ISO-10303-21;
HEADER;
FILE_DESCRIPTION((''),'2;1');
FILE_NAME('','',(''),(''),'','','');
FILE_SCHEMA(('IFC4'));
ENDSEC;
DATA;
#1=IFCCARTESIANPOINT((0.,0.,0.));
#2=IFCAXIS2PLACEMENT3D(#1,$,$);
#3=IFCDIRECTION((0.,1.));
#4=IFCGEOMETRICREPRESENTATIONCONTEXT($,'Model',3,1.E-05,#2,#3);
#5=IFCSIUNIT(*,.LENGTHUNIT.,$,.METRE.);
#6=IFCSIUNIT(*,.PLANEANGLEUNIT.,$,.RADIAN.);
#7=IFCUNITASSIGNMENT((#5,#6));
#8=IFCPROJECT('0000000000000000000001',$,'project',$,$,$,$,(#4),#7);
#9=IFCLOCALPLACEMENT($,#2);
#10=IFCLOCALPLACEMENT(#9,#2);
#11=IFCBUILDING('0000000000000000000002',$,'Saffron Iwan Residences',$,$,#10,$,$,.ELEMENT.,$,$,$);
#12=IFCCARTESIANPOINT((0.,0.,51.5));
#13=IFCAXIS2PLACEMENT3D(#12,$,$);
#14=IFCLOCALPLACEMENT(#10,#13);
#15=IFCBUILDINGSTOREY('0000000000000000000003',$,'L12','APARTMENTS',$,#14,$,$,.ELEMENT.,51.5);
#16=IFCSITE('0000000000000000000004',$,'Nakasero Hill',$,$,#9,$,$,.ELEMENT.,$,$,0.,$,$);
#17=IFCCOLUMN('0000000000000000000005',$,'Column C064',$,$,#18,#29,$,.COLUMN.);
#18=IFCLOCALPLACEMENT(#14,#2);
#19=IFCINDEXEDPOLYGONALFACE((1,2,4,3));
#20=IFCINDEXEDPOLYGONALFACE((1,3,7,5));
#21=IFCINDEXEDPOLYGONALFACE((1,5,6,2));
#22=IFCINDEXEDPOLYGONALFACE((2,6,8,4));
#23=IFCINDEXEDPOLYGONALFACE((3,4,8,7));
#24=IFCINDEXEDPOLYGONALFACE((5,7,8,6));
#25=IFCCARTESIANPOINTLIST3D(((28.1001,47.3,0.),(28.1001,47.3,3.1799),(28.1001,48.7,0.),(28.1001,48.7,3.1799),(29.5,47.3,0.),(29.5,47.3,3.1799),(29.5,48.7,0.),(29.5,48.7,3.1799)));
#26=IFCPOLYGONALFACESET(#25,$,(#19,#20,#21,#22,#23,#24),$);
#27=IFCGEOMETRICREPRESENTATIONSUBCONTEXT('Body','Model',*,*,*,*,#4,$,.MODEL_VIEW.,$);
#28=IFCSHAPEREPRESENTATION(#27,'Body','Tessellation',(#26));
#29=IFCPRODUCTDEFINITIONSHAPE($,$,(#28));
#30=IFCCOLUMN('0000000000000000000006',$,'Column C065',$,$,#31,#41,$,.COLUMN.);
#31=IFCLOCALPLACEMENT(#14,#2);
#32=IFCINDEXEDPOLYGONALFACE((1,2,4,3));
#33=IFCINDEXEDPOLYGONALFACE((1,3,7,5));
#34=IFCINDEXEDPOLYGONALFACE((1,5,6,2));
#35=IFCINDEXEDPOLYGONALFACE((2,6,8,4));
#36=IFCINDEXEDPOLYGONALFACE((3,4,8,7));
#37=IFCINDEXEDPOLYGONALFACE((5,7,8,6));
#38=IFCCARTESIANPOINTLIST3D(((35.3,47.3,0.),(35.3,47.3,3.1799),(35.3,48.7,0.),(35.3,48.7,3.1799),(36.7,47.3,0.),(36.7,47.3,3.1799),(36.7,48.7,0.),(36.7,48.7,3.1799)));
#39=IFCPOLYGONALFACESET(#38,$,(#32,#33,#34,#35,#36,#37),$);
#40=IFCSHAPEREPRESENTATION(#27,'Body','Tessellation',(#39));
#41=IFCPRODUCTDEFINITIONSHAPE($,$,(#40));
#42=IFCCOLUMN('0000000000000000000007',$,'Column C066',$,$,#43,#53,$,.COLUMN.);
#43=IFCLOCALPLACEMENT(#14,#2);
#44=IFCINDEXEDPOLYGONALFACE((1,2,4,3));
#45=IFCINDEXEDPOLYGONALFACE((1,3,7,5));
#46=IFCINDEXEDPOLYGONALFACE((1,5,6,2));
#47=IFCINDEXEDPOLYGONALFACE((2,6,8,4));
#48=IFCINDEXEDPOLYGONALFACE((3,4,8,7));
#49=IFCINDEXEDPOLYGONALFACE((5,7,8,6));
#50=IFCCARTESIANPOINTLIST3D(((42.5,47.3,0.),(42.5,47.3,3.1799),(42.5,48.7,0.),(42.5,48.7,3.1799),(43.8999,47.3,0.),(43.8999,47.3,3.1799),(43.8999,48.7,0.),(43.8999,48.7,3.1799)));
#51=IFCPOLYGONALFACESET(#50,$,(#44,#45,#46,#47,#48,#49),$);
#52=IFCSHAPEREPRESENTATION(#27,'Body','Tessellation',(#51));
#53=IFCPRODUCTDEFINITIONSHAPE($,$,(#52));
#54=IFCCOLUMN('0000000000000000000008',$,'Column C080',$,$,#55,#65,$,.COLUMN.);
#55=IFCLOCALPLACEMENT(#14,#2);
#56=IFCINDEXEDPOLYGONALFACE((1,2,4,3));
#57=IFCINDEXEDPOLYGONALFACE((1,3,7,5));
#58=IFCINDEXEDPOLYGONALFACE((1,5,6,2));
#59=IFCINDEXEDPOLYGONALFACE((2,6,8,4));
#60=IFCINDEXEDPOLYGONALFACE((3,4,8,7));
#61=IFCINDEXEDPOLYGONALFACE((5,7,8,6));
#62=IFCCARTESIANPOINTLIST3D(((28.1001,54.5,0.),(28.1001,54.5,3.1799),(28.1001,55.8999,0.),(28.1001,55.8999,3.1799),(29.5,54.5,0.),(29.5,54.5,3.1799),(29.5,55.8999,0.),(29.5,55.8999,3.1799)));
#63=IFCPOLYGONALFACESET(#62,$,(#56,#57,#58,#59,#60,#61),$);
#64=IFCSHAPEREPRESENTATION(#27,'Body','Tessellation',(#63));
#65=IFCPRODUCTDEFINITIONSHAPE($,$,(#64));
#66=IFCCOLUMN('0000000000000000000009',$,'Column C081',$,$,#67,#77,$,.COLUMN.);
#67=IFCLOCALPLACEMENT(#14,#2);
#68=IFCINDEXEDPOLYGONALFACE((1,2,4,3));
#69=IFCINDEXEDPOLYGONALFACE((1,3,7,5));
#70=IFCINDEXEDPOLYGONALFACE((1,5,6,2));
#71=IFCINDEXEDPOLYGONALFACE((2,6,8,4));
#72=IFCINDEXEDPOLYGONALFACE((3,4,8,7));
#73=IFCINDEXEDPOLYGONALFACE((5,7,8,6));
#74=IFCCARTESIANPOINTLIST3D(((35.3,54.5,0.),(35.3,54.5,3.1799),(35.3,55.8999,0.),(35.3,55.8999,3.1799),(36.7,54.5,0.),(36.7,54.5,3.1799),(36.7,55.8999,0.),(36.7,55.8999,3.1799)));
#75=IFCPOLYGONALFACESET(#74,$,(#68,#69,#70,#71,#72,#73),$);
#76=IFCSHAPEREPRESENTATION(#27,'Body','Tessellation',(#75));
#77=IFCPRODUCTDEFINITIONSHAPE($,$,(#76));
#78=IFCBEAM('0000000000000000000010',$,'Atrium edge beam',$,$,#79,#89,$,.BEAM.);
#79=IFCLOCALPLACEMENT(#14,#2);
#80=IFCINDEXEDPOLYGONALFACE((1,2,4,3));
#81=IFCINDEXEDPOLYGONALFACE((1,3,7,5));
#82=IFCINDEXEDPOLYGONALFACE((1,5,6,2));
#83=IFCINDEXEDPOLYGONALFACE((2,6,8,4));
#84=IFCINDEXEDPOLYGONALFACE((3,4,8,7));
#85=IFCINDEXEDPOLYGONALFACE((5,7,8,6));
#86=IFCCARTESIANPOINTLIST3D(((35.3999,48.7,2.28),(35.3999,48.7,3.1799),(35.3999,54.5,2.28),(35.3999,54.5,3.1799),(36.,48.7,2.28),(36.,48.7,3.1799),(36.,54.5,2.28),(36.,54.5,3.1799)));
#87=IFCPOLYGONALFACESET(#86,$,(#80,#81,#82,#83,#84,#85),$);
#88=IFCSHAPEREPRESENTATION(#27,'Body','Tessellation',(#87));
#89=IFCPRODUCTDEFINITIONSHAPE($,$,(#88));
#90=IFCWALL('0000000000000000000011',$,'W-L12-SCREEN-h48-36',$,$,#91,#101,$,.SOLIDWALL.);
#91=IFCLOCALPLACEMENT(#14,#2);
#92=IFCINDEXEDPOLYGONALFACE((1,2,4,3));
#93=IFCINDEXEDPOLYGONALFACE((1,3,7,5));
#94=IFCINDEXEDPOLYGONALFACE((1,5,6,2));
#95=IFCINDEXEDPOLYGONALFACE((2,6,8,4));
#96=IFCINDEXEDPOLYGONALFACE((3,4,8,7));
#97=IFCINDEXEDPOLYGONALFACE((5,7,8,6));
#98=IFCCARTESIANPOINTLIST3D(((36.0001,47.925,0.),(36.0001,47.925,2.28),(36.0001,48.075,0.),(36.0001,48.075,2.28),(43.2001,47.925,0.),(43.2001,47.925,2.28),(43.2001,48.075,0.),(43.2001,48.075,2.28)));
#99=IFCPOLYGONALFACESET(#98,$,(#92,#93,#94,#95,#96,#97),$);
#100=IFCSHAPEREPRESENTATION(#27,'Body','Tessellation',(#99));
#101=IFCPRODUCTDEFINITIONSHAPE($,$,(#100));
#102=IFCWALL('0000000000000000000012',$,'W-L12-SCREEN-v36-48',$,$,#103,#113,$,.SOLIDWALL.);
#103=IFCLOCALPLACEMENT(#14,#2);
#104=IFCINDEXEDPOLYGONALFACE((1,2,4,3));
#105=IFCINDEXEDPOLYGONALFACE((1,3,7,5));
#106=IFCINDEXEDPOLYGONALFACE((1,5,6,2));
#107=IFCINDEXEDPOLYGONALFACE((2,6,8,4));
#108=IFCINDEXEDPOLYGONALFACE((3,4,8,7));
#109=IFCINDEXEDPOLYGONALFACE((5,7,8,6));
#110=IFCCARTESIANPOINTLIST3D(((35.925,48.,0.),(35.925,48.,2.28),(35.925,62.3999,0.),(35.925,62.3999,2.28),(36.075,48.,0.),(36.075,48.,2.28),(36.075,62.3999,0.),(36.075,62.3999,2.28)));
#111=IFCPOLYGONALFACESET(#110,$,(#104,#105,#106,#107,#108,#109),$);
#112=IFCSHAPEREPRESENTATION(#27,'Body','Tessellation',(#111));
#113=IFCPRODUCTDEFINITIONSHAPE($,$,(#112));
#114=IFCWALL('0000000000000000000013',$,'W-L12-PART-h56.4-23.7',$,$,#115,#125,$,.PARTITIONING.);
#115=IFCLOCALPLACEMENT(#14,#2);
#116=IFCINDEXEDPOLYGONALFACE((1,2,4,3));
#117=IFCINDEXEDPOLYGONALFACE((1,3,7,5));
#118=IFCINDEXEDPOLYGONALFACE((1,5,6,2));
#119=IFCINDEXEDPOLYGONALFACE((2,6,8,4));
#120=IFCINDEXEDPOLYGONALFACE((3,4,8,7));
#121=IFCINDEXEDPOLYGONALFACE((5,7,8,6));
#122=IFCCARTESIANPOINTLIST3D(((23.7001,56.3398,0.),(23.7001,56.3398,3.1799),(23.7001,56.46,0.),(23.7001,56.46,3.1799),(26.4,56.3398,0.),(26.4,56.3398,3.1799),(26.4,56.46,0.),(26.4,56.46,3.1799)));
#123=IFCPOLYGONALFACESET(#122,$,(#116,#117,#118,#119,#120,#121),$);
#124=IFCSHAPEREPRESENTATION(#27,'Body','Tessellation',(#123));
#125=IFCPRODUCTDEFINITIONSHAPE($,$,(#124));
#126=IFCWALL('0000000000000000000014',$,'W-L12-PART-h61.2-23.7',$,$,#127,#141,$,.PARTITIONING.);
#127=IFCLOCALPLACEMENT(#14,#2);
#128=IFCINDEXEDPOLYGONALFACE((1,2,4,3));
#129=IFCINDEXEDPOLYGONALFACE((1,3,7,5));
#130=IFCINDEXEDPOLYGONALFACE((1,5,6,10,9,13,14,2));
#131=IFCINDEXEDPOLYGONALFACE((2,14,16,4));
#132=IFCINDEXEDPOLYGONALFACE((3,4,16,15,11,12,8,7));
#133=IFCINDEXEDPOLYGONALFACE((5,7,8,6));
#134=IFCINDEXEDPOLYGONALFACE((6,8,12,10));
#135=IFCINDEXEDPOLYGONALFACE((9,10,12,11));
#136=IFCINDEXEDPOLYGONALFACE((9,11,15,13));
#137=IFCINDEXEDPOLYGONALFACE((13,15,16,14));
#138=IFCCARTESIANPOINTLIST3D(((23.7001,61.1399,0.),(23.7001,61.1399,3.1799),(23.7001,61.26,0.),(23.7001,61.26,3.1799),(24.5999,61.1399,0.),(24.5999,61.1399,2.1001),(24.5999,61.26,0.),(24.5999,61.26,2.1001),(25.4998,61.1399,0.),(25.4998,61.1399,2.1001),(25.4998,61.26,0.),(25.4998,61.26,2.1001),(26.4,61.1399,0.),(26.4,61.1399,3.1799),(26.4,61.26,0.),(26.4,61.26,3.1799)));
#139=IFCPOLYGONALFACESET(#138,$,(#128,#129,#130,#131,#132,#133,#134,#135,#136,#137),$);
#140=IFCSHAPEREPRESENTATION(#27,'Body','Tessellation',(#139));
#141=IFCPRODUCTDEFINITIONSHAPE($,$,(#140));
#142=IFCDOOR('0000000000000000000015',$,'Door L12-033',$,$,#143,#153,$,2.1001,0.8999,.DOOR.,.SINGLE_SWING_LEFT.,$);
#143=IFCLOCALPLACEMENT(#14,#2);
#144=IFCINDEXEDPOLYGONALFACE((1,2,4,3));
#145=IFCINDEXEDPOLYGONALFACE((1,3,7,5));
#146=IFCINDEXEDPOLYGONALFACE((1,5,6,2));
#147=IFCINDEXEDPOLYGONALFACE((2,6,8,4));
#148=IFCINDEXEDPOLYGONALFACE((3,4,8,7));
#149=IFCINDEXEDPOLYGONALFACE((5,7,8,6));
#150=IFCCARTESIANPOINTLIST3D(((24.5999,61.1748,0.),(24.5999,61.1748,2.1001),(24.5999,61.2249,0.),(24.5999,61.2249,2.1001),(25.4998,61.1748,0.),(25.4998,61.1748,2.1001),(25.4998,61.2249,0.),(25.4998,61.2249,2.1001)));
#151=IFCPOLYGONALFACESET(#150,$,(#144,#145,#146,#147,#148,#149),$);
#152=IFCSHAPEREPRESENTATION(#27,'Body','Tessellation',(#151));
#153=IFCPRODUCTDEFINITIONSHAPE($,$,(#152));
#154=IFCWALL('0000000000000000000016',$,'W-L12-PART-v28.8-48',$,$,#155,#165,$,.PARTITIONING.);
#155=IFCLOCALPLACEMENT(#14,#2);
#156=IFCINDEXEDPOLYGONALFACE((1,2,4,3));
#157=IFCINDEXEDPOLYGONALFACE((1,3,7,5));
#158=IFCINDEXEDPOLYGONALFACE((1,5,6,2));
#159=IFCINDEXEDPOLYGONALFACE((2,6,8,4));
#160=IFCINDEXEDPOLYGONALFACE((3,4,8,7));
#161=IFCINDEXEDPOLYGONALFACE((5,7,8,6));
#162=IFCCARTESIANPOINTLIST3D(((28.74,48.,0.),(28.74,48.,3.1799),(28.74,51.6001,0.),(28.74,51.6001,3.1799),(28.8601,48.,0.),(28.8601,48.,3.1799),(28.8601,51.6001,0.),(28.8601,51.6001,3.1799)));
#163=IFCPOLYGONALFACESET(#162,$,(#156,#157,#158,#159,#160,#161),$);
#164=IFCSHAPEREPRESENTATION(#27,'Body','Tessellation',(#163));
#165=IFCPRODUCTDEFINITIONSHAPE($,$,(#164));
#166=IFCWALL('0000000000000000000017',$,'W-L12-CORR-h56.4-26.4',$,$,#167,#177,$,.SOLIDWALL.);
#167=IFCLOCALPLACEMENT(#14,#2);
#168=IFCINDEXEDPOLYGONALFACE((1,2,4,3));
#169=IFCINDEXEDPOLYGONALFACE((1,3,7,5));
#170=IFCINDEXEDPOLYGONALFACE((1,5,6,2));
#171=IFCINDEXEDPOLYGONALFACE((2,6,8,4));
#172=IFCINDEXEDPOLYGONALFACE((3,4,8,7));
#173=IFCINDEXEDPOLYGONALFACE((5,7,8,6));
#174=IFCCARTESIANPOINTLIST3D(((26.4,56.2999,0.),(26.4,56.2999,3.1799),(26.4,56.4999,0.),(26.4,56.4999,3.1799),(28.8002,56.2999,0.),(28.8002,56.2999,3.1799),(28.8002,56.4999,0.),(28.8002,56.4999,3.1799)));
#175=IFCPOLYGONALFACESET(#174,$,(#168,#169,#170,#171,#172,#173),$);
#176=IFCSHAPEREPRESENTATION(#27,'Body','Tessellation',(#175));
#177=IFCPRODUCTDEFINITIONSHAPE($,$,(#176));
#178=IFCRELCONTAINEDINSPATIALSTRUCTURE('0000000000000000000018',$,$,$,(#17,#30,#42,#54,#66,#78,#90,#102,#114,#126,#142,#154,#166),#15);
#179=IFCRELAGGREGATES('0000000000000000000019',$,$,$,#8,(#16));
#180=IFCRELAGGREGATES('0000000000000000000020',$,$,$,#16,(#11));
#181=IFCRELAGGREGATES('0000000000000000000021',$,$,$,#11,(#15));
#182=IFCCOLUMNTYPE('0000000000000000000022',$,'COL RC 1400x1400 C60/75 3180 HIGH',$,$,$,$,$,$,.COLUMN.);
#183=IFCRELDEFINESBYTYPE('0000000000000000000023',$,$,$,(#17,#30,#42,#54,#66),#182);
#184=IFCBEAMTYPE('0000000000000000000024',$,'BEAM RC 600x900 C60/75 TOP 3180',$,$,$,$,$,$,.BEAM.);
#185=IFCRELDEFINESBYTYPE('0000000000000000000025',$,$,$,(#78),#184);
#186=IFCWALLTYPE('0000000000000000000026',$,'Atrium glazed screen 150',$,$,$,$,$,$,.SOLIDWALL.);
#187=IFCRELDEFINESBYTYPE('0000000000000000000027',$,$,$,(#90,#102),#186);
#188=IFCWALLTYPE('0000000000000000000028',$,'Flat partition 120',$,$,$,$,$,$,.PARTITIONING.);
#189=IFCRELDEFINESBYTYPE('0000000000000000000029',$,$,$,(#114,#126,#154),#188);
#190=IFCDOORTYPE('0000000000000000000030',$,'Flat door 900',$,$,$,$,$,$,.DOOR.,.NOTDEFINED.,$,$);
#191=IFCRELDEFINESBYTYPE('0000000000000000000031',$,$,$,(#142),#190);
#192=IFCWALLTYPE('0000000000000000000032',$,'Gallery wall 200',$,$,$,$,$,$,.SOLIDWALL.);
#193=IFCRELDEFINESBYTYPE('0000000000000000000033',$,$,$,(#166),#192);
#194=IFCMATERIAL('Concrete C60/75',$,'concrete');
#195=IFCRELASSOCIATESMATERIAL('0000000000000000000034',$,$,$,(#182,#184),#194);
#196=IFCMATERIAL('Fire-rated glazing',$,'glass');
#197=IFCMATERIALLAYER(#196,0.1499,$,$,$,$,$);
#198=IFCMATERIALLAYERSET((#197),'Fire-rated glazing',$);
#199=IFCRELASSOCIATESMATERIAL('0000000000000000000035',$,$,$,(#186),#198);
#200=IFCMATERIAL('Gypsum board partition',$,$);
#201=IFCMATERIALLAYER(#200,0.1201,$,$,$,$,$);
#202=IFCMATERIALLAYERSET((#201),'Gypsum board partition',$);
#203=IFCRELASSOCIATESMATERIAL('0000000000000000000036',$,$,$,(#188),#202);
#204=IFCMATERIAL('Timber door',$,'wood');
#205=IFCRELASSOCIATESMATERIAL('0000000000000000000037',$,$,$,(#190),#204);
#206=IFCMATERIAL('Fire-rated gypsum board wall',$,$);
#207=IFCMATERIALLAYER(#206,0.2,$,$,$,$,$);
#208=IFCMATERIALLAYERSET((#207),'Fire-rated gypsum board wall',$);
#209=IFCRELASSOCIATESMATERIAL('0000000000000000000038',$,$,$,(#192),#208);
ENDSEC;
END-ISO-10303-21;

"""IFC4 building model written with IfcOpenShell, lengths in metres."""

from ifc_helpers import new_model, si_unit, direction, frame, frame_2d, origin, origin_2d, place, context, subcontext, project, spatial, rectangle, extrude, source, transform, mapped, material, layer, layer_set, material_profile, profile_set, type_object, element, fill, save


model = new_model("IFC4")

# Units and contexts
model_context = context("Model", 3, precision=1e-05, world=origin(), true_north=direction((0.0, 1.0)))
body_context = subcontext(model_context, "Body", "Model", "MODEL_VIEW")
ifc_project = project(units=[si_unit("LENGTHUNIT", "METRE"), si_unit("PLANEANGLEUNIT", "RADIAN")], contexts=[model_context])

# Site, building, storey
site_placement = place(None, origin())
site = spatial("IfcSite", under=ifc_project, at=site_placement, Name="Nakasero Hill", CompositionType="ELEMENT", RefElevation=0.0)
building_placement = place(site_placement, origin())
building = spatial("IfcBuilding", under=site, at=building_placement, Name="Saffron Iwan Residences", CompositionType="ELEMENT")
storey_placement = place(building_placement, frame((0.0, 0.0, 51.5)))
storey = spatial("IfcBuildingStorey", under=building, at=storey_placement, Name="L12", Description="APARTMENTS", CompositionType="ELEMENT", Elevation=51.5)

# Columns
ifc_material_1 = material(Name="Concrete C60/75", Category="concrete")
ifc_material_profile_1 = material_profile(ifc_material_1, rectangle(XDim=1.3999, YDim=1.3999, at=origin_2d()), Name="RC 1400x1400")
ifc_profile_set_1 = profile_set([ifc_material_profile_1], Name="Concrete C60/75")
column_type = type_object("IfcColumnType", Name="COL RC 1400x1400 C60/75 3180 HIGH", PredefinedType="COLUMN", material=ifc_profile_set_1)
shared_shape_1 = source(origin(), body_context, "Body", "SweptSolid", [
    extrude(rectangle(XDim=1.3999, YDim=1.3999, at=origin_2d()), origin(), (0.0, 0.0, 1.0), 3.1799),
])
for number, where, z_axis, x_axis, name in (
    (1, (28.8, 48.0, 0.0), (0.0, 0.0, 1.0), (1.0, 0.0, 0.0), "Column C064"),
    (2, (36.0, 48.0, 0.0), (0.0, 0.0, 1.0), (1.0, 0.0, 0.0), "Column C065"),
    (3, (43.2, 48.0, 0.0), (0.0, 0.0, 1.0), (1.0, 0.0, 0.0), "Column C066"),
    (4, (28.8, 55.2, 0.0), (0.0, 0.0, 1.0), (1.0, 0.0, 0.0), "Column C080"),
    (5, (36.0, 55.2, 0.0), (0.0, 0.0, 1.0), (1.0, 0.0, 0.0), "Column C081"),
):
    element("IfcColumn", number, at=place(storey_placement, frame(where, z_axis=z_axis, x_axis=x_axis)), inside=storey, type_object=column_type, Name=name, PredefinedType="COLUMN", context=body_context, shape_type="MappedRepresentation", body=[
        mapped(shared_shape_1, transform((0.0, 0.0, 0.0))),
    ])

# Beam
ifc_material_profile_2 = material_profile(ifc_material_1, rectangle(XDim=0.6001, YDim=0.8999, at=origin_2d()), Name="RC 600x900")
ifc_profile_set_2 = profile_set([ifc_material_profile_2], Name="Concrete C60/75")
beam_type = type_object("IfcBeamType", Name="BEAM RC 600x900 C60/75 TOP 3180", PredefinedType="BEAM", material=ifc_profile_set_2)
shared_shape_2 = source(origin(), body_context, "Body", "SweptSolid", [
    extrude(rectangle(XDim=0.6001, YDim=0.8999, at=origin_2d()), origin(), (0.0, 0.0, 1.0), 5.8),
])
beam_placement = place(storey_placement, frame((35.7, 48.7, 2.73), z_axis=(0.0, 1.0, 0.0), x_axis=(-1.0, 0.0, 0.0)))
element("IfcBeam", 6, at=beam_placement, inside=storey, type_object=beam_type, Name="Atrium edge beam", PredefinedType="BEAM", context=body_context, shape_type="MappedRepresentation", body=[
    mapped(shared_shape_2, transform((0.0, 0.0, 0.0))),
])

# Walls
ifc_material_2 = material(Name="Fire-rated glazing", Category="glass")
ifc_layer_1 = layer(ifc_material_2, 0.1499)
ifc_layer_set_1 = layer_set([ifc_layer_1], Name="Fire-rated glazing")
wall_type_1 = type_object("IfcWallType", Name="Atrium glazed screen 150", PredefinedType="SOLIDWALL", material=ifc_layer_set_1)
wall_1_placement = place(storey_placement, frame((36.0, 48.0, 0.0), z_axis=(0.0, 0.0, 1.0), x_axis=(1.0, 0.0, 0.0)))
element("IfcWall", 7, at=wall_1_placement, inside=storey, type_object=wall_type_1, Name="W-L12-SCREEN-h48-36", PredefinedType="SOLIDWALL", context=body_context, shape_type="SweptSolid", body=[
    extrude(rectangle(XDim=7.2, YDim=0.1499, at=frame_2d((3.6001, 0.0))), origin(), (0.0, 0.0, 1.0), 2.28),
])
wall_2_placement = place(storey_placement, frame((36.0, 48.0, 0.0), z_axis=(0.0, 0.0, 1.0), x_axis=(0.0, 1.0, 0.0)))
element("IfcWall", 8, at=wall_2_placement, inside=storey, type_object=wall_type_1, Name="W-L12-SCREEN-v36-48", PredefinedType="SOLIDWALL", context=body_context, shape_type="SweptSolid", body=[
    extrude(rectangle(XDim=14.3999, YDim=0.1499, at=frame_2d((7.2, 0.0))), origin(), (0.0, 0.0, 1.0), 2.28),
])
ifc_material_3 = material(Name="Gypsum board partition")
ifc_layer_2 = layer(ifc_material_3, 0.1201)
ifc_layer_set_2 = layer_set([ifc_layer_2], Name="Gypsum board partition")
wall_type_2 = type_object("IfcWallType", Name="Flat partition 120", PredefinedType="PARTITIONING", material=ifc_layer_set_2)
wall_3_placement = place(storey_placement, frame((23.7, 56.3999, 0.0), z_axis=(0.0, 0.0, 1.0), x_axis=(1.0, 0.0, 0.0)))
element("IfcWall", 9, at=wall_3_placement, inside=storey, type_object=wall_type_2, Name="W-L12-PART-h56.4-23.7", PredefinedType="PARTITIONING", context=body_context, shape_type="SweptSolid", body=[
    extrude(rectangle(XDim=2.7, YDim=0.1201, at=frame_2d((1.3501, 0.0))), origin(), (0.0, 0.0, 1.0), 3.1799),
])

# Wall, opening, door
wall_4_placement = place(storey_placement, frame((23.7, 61.2, 0.0), z_axis=(0.0, 0.0, 1.0), x_axis=(1.0, 0.0, 0.0)))
wall_4 = element("IfcWall", 10, at=wall_4_placement, inside=storey, type_object=wall_type_2, Name="W-L12-PART-h61.2-23.7", PredefinedType="PARTITIONING", context=body_context, shape_type="SweptSolid", body=[
    extrude(rectangle(XDim=2.7, YDim=0.1201, at=frame_2d((1.3501, 0.0))), origin(), (0.0, 0.0, 1.0), 3.1799),
])
opening_1_placement = place(wall_4_placement, frame((0.8999, 0.0, 0.0)))
opening_1 = element("IfcOpeningElement", 11, at=opening_1_placement, cuts=wall_4, PredefinedType="OPENING", context=body_context, shape_type="SweptSolid", body=[
    extrude(rectangle(XDim=0.8999, YDim=2.1001, at=frame_2d((0.45, 1.05))), frame((0.0, 0.0701, 0.0), z_axis=(0.0, -1.0, 0.0), x_axis=(1.0, 0.0, 0.0)), (0.0, 0.0, 1.0), 0.1401),
])
ifc_material_4 = material(Name="Timber door", Category="wood")
door_type_1 = type_object("IfcDoorType", Name="Flat door 900", OperationType="NOTDEFINED", PredefinedType="DOOR", material=ifc_material_4)
door_1_placement = place(opening_1_placement, origin())
door_1 = element("IfcDoor", 12, at=door_1_placement, inside=storey, type_object=door_type_1, Name="Door L12-033", OperationType="SINGLE_SWING_LEFT", OverallHeight=2.1001, OverallWidth=0.8999, PredefinedType="DOOR", context=body_context, shape_type="SweptSolid", body=[
    extrude(rectangle(XDim=0.8999, YDim=2.1001, at=frame_2d((0.45, 1.05))), frame((0.0, 0.0249, 0.0), z_axis=(0.0, -1.0, 0.0), x_axis=(1.0, 0.0, 0.0)), (0.0, 0.0, 1.0), 0.05),
])
fill(opening_1, door_1)

# Walls
wall_5_placement = place(storey_placement, frame((28.8, 48.0, 0.0), z_axis=(0.0, 0.0, 1.0), x_axis=(0.0, 1.0, 0.0)))
element("IfcWall", 13, at=wall_5_placement, inside=storey, type_object=wall_type_2, Name="W-L12-PART-v28.8-48", PredefinedType="PARTITIONING", context=body_context, shape_type="SweptSolid", body=[
    extrude(rectangle(XDim=3.6001, YDim=0.1201, at=frame_2d((1.8, 0.0))), origin(), (0.0, 0.0, 1.0), 3.1799),
])
ifc_material_5 = material(Name="Fire-rated gypsum board wall")
ifc_layer_3 = layer(ifc_material_5, 0.2)
ifc_layer_set_3 = layer_set([ifc_layer_3], Name="Fire-rated gypsum board wall")
wall_type_3 = type_object("IfcWallType", Name="Gallery wall 200", PredefinedType="SOLIDWALL", material=ifc_layer_set_3)
wall_6_placement = place(storey_placement, frame((26.3999, 56.3999, 0.0), z_axis=(0.0, 0.0, 1.0), x_axis=(1.0, 0.0, 0.0)))
element("IfcWall", 14, at=wall_6_placement, inside=storey, type_object=wall_type_3, Name="W-L12-CORR-h56.4-26.4", PredefinedType="SOLIDWALL", context=body_context, shape_type="SweptSolid", body=[
    extrude(rectangle(XDim=2.4001, YDim=0.2, at=frame_2d((1.2002, 0.0))), origin(), (0.0, 0.0, 1.0), 3.1799),
])

save(model, "model.ifc")
